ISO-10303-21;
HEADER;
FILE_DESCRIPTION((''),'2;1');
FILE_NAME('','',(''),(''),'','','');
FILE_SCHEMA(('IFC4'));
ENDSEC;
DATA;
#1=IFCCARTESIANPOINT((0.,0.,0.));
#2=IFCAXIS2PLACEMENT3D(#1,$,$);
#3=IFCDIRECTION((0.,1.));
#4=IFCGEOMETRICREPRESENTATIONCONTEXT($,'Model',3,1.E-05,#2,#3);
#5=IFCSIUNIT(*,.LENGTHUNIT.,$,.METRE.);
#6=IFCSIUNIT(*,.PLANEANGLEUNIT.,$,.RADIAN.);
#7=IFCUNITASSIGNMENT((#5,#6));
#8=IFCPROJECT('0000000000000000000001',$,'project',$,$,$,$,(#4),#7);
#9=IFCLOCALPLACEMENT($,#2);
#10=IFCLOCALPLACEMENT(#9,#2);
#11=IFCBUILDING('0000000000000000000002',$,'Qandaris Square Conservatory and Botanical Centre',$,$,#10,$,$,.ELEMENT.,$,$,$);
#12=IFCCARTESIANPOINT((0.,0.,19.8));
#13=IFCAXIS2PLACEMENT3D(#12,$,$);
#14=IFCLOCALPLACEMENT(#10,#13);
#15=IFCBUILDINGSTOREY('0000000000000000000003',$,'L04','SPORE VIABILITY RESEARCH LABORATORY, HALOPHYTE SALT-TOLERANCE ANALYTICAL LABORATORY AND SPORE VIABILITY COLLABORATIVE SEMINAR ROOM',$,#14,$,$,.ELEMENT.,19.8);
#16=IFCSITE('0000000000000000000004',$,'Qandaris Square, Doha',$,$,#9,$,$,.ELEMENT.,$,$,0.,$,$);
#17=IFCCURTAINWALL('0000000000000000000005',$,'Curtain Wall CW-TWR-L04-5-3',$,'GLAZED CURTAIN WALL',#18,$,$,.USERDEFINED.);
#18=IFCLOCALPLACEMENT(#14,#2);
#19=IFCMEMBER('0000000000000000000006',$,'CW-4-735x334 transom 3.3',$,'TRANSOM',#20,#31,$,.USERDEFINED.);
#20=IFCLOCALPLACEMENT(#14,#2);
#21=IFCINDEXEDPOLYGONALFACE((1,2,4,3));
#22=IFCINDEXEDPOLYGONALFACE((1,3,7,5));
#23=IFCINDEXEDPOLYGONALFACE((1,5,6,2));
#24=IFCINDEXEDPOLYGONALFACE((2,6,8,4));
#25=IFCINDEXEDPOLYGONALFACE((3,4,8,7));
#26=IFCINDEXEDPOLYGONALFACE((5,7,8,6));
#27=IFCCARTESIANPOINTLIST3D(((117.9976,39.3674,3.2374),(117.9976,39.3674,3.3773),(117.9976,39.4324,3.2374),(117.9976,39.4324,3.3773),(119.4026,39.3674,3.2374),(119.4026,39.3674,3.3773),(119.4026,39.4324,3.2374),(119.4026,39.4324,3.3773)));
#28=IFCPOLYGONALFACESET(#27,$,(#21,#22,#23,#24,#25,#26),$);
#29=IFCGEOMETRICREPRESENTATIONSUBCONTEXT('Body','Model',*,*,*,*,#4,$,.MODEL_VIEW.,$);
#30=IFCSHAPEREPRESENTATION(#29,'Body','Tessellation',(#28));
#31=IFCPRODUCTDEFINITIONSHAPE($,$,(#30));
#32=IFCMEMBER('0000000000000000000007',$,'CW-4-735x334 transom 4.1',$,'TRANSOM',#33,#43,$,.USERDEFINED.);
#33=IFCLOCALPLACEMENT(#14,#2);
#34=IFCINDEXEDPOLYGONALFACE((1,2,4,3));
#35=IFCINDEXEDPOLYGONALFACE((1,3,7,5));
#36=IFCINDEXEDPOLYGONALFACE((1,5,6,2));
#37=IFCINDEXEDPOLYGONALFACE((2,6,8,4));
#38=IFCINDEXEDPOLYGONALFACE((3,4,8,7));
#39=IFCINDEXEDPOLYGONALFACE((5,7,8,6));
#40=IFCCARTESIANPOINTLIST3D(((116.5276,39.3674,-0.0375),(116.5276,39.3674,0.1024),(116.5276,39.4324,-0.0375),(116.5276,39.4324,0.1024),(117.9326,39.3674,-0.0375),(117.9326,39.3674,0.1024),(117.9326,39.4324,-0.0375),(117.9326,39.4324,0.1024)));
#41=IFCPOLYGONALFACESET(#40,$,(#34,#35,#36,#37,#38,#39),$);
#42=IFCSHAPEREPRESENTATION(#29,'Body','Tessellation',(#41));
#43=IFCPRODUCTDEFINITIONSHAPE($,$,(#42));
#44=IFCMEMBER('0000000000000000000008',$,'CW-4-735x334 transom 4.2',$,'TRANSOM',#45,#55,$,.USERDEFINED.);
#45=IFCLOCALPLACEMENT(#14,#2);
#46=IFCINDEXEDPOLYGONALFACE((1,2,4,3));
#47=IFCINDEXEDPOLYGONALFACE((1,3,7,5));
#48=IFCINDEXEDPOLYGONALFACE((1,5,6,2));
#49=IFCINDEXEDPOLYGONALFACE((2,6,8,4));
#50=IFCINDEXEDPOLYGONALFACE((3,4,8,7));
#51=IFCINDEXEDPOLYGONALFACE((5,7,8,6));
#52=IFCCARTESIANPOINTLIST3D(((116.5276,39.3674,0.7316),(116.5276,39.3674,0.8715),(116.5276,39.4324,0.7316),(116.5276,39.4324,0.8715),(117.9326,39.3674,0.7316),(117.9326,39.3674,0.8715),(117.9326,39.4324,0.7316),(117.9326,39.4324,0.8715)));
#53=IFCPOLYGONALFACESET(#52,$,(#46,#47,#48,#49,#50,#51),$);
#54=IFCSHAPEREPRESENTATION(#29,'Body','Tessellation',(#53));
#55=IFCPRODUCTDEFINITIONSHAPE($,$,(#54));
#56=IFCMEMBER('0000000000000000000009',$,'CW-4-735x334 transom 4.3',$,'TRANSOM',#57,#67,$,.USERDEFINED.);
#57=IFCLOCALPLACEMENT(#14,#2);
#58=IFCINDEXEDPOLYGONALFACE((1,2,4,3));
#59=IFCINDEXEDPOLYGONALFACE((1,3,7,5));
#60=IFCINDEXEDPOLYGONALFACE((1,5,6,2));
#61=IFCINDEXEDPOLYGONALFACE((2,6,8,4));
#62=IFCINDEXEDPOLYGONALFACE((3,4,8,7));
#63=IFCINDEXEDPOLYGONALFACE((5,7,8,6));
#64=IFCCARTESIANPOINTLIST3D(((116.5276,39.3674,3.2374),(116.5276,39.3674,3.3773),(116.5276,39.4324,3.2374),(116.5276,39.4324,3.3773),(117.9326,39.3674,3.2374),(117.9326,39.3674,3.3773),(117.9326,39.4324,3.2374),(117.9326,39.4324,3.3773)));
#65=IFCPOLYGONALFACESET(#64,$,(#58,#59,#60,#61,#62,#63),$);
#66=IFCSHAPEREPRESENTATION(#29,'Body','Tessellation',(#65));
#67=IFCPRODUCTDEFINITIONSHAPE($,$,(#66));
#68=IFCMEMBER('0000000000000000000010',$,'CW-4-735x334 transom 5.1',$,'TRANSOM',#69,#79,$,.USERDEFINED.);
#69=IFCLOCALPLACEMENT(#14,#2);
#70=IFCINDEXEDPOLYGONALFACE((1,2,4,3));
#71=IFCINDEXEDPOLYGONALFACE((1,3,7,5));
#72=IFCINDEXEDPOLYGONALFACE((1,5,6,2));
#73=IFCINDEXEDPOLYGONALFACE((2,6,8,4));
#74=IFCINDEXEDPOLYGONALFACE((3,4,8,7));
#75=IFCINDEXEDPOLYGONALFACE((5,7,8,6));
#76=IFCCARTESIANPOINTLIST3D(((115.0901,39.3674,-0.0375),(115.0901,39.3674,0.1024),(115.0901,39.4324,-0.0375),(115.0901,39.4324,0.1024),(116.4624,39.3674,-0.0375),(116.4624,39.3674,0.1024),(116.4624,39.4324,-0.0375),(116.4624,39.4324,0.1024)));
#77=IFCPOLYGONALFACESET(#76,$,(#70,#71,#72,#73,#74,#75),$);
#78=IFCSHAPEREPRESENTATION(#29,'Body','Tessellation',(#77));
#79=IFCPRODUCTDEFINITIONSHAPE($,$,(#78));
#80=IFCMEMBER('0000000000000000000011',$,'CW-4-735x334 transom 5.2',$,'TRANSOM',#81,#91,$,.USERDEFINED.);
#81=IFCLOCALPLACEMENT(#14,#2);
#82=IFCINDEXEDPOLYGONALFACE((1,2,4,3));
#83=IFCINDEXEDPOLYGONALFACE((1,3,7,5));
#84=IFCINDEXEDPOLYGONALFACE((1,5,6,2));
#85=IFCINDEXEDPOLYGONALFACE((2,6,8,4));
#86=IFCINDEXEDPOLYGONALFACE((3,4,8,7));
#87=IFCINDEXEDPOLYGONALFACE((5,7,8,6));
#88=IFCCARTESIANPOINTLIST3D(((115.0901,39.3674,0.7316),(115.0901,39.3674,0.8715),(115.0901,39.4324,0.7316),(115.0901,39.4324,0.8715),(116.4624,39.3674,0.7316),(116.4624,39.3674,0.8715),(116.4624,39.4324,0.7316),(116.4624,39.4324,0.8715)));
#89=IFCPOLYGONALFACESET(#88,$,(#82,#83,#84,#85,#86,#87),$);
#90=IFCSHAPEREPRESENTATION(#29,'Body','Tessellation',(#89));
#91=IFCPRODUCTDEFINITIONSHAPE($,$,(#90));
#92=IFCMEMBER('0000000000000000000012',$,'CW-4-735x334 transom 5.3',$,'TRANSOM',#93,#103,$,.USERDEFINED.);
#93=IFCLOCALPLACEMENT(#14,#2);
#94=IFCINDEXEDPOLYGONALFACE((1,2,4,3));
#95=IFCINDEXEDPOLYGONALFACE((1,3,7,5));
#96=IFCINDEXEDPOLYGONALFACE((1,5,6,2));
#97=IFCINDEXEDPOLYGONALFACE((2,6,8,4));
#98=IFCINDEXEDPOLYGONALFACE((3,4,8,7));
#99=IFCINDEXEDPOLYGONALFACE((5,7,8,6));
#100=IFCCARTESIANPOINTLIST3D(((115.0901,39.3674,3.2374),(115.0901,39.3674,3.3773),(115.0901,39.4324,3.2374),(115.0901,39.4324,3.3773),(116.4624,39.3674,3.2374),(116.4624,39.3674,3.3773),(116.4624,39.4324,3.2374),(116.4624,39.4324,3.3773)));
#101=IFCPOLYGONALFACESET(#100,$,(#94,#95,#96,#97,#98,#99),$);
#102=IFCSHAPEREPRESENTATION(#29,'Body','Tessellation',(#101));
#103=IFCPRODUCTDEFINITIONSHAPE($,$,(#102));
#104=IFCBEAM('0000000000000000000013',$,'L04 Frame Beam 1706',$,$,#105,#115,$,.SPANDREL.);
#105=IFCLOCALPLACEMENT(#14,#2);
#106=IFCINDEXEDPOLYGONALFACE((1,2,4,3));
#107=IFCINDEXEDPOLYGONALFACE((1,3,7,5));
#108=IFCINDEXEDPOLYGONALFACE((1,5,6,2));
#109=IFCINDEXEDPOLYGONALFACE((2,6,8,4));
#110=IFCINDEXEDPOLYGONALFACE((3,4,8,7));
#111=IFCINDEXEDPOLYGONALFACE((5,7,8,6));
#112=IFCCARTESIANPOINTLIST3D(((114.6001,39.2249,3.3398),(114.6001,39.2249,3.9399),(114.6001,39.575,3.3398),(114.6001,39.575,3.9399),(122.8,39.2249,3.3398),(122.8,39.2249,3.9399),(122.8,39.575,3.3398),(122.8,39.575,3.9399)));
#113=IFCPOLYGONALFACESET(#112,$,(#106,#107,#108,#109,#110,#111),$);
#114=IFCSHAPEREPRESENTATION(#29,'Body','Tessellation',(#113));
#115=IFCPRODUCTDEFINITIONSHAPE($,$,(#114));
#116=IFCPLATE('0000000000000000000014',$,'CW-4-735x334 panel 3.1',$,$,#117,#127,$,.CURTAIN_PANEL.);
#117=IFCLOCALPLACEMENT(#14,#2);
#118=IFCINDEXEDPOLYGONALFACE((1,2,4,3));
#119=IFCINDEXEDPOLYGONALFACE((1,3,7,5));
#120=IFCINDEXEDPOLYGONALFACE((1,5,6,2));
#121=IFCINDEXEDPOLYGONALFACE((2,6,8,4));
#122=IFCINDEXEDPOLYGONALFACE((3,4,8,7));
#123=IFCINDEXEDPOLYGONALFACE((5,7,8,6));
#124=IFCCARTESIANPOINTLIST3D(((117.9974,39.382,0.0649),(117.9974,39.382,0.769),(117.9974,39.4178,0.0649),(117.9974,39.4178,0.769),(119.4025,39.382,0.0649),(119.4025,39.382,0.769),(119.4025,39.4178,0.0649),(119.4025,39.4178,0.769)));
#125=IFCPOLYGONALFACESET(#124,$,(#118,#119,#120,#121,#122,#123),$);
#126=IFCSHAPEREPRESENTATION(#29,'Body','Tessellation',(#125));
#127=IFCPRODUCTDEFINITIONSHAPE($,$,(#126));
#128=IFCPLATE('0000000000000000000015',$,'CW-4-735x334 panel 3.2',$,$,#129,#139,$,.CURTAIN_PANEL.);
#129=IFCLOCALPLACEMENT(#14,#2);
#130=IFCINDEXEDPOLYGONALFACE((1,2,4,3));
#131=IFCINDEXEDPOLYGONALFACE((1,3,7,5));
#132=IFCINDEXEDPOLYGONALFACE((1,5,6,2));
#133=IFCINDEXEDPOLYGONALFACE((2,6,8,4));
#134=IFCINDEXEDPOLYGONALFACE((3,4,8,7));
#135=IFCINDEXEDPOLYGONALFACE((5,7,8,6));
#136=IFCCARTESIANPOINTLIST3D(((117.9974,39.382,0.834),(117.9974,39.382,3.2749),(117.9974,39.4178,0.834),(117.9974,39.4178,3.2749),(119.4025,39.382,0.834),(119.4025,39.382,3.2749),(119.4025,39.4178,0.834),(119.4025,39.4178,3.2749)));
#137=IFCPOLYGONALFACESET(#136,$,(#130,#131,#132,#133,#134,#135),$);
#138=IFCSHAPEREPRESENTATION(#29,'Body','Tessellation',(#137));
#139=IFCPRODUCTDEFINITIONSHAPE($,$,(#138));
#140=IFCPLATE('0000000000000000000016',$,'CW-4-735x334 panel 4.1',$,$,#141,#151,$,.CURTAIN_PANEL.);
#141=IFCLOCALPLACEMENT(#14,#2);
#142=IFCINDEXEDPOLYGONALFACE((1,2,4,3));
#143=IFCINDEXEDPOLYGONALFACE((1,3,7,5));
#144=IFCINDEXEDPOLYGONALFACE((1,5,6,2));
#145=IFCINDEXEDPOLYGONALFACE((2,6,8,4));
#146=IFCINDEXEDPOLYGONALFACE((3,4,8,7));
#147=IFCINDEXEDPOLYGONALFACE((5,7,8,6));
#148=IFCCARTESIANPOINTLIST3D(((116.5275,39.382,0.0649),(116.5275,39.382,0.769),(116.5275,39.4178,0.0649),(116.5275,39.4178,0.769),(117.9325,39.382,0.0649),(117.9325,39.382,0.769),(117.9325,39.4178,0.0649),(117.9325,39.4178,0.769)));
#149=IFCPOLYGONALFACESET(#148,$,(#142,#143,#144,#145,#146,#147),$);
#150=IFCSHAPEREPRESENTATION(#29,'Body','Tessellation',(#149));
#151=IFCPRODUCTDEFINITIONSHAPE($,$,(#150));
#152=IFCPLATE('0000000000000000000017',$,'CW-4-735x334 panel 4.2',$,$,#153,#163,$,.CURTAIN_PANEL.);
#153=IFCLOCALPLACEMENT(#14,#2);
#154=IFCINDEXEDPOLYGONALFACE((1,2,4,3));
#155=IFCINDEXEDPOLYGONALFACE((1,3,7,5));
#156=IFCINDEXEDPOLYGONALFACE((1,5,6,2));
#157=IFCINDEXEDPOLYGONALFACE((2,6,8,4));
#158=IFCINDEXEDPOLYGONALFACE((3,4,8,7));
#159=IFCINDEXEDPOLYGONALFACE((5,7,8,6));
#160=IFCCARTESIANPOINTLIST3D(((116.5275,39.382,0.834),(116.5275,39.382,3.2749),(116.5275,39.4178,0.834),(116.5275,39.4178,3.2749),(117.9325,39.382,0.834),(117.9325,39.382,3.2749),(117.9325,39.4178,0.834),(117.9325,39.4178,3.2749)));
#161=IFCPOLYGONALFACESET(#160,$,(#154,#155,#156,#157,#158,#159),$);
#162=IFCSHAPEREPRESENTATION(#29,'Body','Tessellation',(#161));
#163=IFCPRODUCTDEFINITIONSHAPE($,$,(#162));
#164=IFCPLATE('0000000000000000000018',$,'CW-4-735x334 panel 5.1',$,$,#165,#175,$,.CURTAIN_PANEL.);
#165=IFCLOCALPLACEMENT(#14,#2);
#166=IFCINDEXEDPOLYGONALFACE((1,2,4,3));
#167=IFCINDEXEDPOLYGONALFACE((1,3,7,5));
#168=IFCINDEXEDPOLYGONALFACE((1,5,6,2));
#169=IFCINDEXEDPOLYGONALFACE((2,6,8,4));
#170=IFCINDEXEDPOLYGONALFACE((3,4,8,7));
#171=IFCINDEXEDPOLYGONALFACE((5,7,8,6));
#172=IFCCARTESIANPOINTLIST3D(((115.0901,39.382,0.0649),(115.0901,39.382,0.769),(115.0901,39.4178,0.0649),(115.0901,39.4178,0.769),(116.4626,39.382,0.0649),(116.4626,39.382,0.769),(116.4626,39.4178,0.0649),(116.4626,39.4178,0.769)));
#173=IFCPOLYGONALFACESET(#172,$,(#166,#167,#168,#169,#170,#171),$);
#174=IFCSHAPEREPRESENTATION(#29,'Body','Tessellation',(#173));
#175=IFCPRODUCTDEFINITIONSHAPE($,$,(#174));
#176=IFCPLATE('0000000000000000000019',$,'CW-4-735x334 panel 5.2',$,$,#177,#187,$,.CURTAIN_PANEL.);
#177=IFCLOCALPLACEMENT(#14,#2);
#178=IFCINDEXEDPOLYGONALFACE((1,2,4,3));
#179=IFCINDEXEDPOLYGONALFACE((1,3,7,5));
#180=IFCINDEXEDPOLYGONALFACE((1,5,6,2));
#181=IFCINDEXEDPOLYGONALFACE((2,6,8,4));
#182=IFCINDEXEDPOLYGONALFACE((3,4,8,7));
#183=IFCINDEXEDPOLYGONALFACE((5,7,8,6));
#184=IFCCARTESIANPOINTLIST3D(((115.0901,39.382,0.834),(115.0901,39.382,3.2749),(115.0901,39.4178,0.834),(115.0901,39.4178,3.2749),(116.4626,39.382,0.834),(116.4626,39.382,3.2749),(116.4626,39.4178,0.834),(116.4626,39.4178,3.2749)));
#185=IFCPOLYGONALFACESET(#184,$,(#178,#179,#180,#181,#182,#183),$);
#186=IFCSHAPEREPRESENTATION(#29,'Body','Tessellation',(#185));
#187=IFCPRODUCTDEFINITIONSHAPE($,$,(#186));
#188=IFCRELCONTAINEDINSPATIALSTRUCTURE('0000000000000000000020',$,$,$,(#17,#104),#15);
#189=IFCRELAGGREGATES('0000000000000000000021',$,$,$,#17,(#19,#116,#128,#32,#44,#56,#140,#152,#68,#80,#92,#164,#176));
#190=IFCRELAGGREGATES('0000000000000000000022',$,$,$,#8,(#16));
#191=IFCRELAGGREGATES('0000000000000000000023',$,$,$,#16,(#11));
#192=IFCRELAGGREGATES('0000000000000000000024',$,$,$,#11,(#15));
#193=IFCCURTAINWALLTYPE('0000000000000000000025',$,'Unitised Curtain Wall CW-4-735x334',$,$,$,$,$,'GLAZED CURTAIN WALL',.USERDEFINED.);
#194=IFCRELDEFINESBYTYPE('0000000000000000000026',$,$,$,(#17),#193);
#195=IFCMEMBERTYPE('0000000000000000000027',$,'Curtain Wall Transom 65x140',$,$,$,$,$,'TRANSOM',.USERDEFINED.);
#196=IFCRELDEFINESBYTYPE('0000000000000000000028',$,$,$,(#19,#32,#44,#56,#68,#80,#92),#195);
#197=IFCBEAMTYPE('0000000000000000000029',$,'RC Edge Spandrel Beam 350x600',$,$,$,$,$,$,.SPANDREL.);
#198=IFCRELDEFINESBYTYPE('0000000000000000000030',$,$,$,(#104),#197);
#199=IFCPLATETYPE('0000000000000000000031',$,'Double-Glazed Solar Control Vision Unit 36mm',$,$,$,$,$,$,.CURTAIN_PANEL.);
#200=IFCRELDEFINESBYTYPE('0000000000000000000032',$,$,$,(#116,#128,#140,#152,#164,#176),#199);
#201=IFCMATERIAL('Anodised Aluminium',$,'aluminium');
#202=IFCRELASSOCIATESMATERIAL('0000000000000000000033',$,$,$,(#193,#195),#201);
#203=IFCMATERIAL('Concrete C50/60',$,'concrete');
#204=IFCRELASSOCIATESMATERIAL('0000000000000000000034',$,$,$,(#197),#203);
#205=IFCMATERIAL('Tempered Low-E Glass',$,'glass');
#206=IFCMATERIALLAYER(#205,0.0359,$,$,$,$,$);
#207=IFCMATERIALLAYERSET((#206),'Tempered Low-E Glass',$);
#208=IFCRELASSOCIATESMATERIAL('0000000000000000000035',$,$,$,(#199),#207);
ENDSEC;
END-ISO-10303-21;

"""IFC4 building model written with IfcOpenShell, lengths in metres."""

from ifc_helpers import new_model, si_unit, direction, frame, origin, origin_2d, place, context, subcontext, project, spatial, rectangle, extrude, material, layer, layer_set, material_profile, profile_set, type_object, element, aggregate, save


model = new_model("IFC4")

# Units and contexts
model_context = context("Model", 3, precision=1e-05, world=origin(), true_north=direction((0.0, 1.0)))
body_context = subcontext(model_context, "Body", "Model", "MODEL_VIEW")
ifc_project = project(units=[si_unit("LENGTHUNIT", "METRE"), si_unit("PLANEANGLEUNIT", "RADIAN")], contexts=[model_context])

# Site, building, storey
site_placement = place(None, origin())
site = spatial("IfcSite", under=ifc_project, at=site_placement, Name="Qandaris Square, Doha", CompositionType="ELEMENT", RefElevation=0.0)
building_placement = place(site_placement, origin())
building = spatial("IfcBuilding", under=site, at=building_placement, Name="Qandaris Square Conservatory and Botanical Centre", CompositionType="ELEMENT")
storey_placement = place(building_placement, frame((0.0, 0.0, 19.8)))
storey = spatial("IfcBuildingStorey", under=building, at=storey_placement, Name="L04", Description="SPORE VIABILITY RESEARCH LABORATORY, HALOPHYTE SALT-TOLERANCE ANALYTICAL LABORATORY AND SPORE VIABILITY COLLABORATIVE SEMINAR ROOM", CompositionType="ELEMENT", Elevation=19.8)

# Shared definitions
ifc_material_1 = material(Name="Concrete C50/60", Category="concrete")

# Curtain wall, members
ifc_material_2 = material(Name="Anodised Aluminium", Category="aluminium")
curtain_wall_type = type_object("IfcCurtainWallType", Name="Unitised Curtain Wall CW-4-735x334", ElementType="GLAZED CURTAIN WALL", PredefinedType="USERDEFINED", material=ifc_material_2)
curtain_wall_placement = place(storey_placement, origin())
curtain_wall = element("IfcCurtainWall", 1, at=curtain_wall_placement, inside=storey, type_object=curtain_wall_type, Name="Curtain Wall CW-TWR-L04-5-3", ObjectType="GLAZED CURTAIN WALL", PredefinedType="USERDEFINED")
ifc_material_profile_1 = material_profile(ifc_material_2, rectangle(XDim=0.0649, YDim=0.1399, at=origin_2d()), Name="ALU-TRN 65x140")
ifc_profile_set_1 = profile_set([ifc_material_profile_1], Name="Anodised Aluminium")
member_type_1 = type_object("IfcMemberType", Name="Curtain Wall Transom 65x140", ElementType="TRANSOM", PredefinedType="USERDEFINED", material=ifc_profile_set_1)
member_1_placement = place(storey_placement, frame((119.4026, 39.3999, 3.3074), z_axis=(-1.0, 0.0, 0.0), x_axis=(0.0, -1.0, 0.0)))
member_1 = element("IfcMember", 2, at=member_1_placement, type_object=member_type_1, Name="CW-4-735x334 transom 3.3", ObjectType="TRANSOM", PredefinedType="USERDEFINED", context=body_context, shape_type="SweptSolid", body=[
    extrude(rectangle(XDim=0.0649, YDim=0.1399, at=origin_2d()), origin(), (0.0, 0.0, 1.0), 1.405),
])
member_2_placement = place(storey_placement, frame((117.9326, 39.3999, 0.0325), z_axis=(-1.0, 0.0, 0.0), x_axis=(0.0, -1.0, 0.0)))
member_2 = element("IfcMember", 3, at=member_2_placement, type_object=member_type_1, Name="CW-4-735x334 transom 4.1", ObjectType="TRANSOM", PredefinedType="USERDEFINED", context=body_context, shape_type="SweptSolid", body=[
    extrude(rectangle(XDim=0.0649, YDim=0.1399, at=origin_2d()), origin(), (0.0, 0.0, 1.0), 1.405),
])
member_3_placement = place(storey_placement, frame((117.9326, 39.3999, 0.8015), z_axis=(-1.0, 0.0, 0.0), x_axis=(0.0, -1.0, 0.0)))
member_3 = element("IfcMember", 4, at=member_3_placement, type_object=member_type_1, Name="CW-4-735x334 transom 4.2", ObjectType="TRANSOM", PredefinedType="USERDEFINED", context=body_context, shape_type="SweptSolid", body=[
    extrude(rectangle(XDim=0.0649, YDim=0.1399, at=origin_2d()), origin(), (0.0, 0.0, 1.0), 1.405),
])
member_4_placement = place(storey_placement, frame((117.9326, 39.3999, 3.3074), z_axis=(-1.0, 0.0, 0.0), x_axis=(0.0, -1.0, 0.0)))
member_4 = element("IfcMember", 5, at=member_4_placement, type_object=member_type_1, Name="CW-4-735x334 transom 4.3", ObjectType="TRANSOM", PredefinedType="USERDEFINED", context=body_context, shape_type="SweptSolid", body=[
    extrude(rectangle(XDim=0.0649, YDim=0.1399, at=origin_2d()), origin(), (0.0, 0.0, 1.0), 1.405),
])
member_5_placement = place(storey_placement, frame((116.4624, 39.3999, 0.0325), z_axis=(-1.0, 0.0, 0.0), x_axis=(0.0, -1.0, 0.0)))
member_5 = element("IfcMember", 6, at=member_5_placement, type_object=member_type_1, Name="CW-4-735x334 transom 5.1", ObjectType="TRANSOM", PredefinedType="USERDEFINED", context=body_context, shape_type="SweptSolid", body=[
    extrude(rectangle(XDim=0.0649, YDim=0.1399, at=origin_2d()), origin(), (0.0, 0.0, 1.0), 1.3723),
])
member_6_placement = place(storey_placement, frame((116.4624, 39.3999, 0.8015), z_axis=(-1.0, 0.0, 0.0), x_axis=(0.0, -1.0, 0.0)))
member_6 = element("IfcMember", 7, at=member_6_placement, type_object=member_type_1, Name="CW-4-735x334 transom 5.2", ObjectType="TRANSOM", PredefinedType="USERDEFINED", context=body_context, shape_type="SweptSolid", body=[
    extrude(rectangle(XDim=0.0649, YDim=0.1399, at=origin_2d()), origin(), (0.0, 0.0, 1.0), 1.3723),
])
member_7_placement = place(storey_placement, frame((116.4624, 39.3999, 3.3074), z_axis=(-1.0, 0.0, 0.0), x_axis=(0.0, -1.0, 0.0)))
member_7 = element("IfcMember", 8, at=member_7_placement, type_object=member_type_1, Name="CW-4-735x334 transom 5.3", ObjectType="TRANSOM", PredefinedType="USERDEFINED", context=body_context, shape_type="SweptSolid", body=[
    extrude(rectangle(XDim=0.0649, YDim=0.1399, at=origin_2d()), origin(), (0.0, 0.0, 1.0), 1.3723),
])

# Beam
ifc_material_profile_2 = material_profile(ifc_material_1, rectangle(XDim=0.3501, YDim=0.6001, at=origin_2d()), Name="RC-SP 350x600")
ifc_profile_set_2 = profile_set([ifc_material_profile_2], Name="Concrete C50/60")
beam_type_1 = type_object("IfcBeamType", Name="RC Edge Spandrel Beam 350x600", PredefinedType="SPANDREL", material=ifc_profile_set_2)
beam_1_placement = place(storey_placement, frame((114.6001, 39.3999, 3.6399), z_axis=(1.0, 0.0, 0.0), x_axis=(0.0, 1.0, 0.0)))
element("IfcBeam", 9, at=beam_1_placement, inside=storey, type_object=beam_type_1, Name="L04 Frame Beam 1706", PredefinedType="SPANDREL", context=body_context, shape_type="SweptSolid", body=[
    extrude(rectangle(XDim=0.3501, YDim=0.6001, at=origin_2d()), origin(), (0.0, 0.0, 1.0), 8.2),
])

# Plates
ifc_material_3 = material(Name="Tempered Low-E Glass", Category="glass")
ifc_layer_1 = layer(ifc_material_3, 0.0359)
ifc_layer_set_1 = layer_set([ifc_layer_1], Name="Tempered Low-E Glass")
plate_type = type_object("IfcPlateType", Name="Double-Glazed Solar Control Vision Unit 36mm", PredefinedType="CURTAIN_PANEL", material=ifc_layer_set_1)
plate_1_placement = place(storey_placement, frame((118.7, 39.3999, 0.0649), z_axis=(0.0, 0.0, 1.0), x_axis=(-1.0, 0.0, 0.0)))
plate_1 = element("IfcPlate", 10, at=plate_1_placement, type_object=plate_type, Name="CW-4-735x334 panel 3.1", PredefinedType="CURTAIN_PANEL", context=body_context, shape_type="SweptSolid", body=[
    extrude(rectangle(XDim=1.405, YDim=0.0359, at=origin_2d()), origin(), (0.0, 0.0, 1.0), 0.7041),
])
plate_2_placement = place(storey_placement, frame((118.7, 39.3999, 0.834), z_axis=(0.0, 0.0, 1.0), x_axis=(-1.0, 0.0, 0.0)))
plate_2 = element("IfcPlate", 11, at=plate_2_placement, type_object=plate_type, Name="CW-4-735x334 panel 3.2", PredefinedType="CURTAIN_PANEL", context=body_context, shape_type="SweptSolid", body=[
    extrude(rectangle(XDim=1.405, YDim=0.0359, at=origin_2d()), origin(), (0.0, 0.0, 1.0), 2.4409),
])
plate_3_placement = place(storey_placement, frame((117.23, 39.3999, 0.0649), z_axis=(0.0, 0.0, 1.0), x_axis=(-1.0, 0.0, 0.0)))
plate_3 = element("IfcPlate", 12, at=plate_3_placement, type_object=plate_type, Name="CW-4-735x334 panel 4.1", PredefinedType="CURTAIN_PANEL", context=body_context, shape_type="SweptSolid", body=[
    extrude(rectangle(XDim=1.405, YDim=0.0359, at=origin_2d()), origin(), (0.0, 0.0, 1.0), 0.7041),
])
plate_4_placement = place(storey_placement, frame((117.23, 39.3999, 0.834), z_axis=(0.0, 0.0, 1.0), x_axis=(-1.0, 0.0, 0.0)))
plate_4 = element("IfcPlate", 13, at=plate_4_placement, type_object=plate_type, Name="CW-4-735x334 panel 4.2", PredefinedType="CURTAIN_PANEL", context=body_context, shape_type="SweptSolid", body=[
    extrude(rectangle(XDim=1.405, YDim=0.0359, at=origin_2d()), origin(), (0.0, 0.0, 1.0), 2.4409),
])
plate_5_placement = place(storey_placement, frame((115.7764, 39.3999, 0.0649), z_axis=(0.0, 0.0, 1.0), x_axis=(-1.0, 0.0, 0.0)))
plate_5 = element("IfcPlate", 14, at=plate_5_placement, type_object=plate_type, Name="CW-4-735x334 panel 5.1", PredefinedType="CURTAIN_PANEL", context=body_context, shape_type="SweptSolid", body=[
    extrude(rectangle(XDim=1.3726, YDim=0.0359, at=origin_2d()), origin(), (0.0, 0.0, 1.0), 0.7041),
])
plate_6_placement = place(storey_placement, frame((115.7764, 39.3999, 0.834), z_axis=(0.0, 0.0, 1.0), x_axis=(-1.0, 0.0, 0.0)))
plate_6 = element("IfcPlate", 15, at=plate_6_placement, type_object=plate_type, Name="CW-4-735x334 panel 5.2", PredefinedType="CURTAIN_PANEL", context=body_context, shape_type="SweptSolid", body=[
    extrude(rectangle(XDim=1.3726, YDim=0.0359, at=origin_2d()), origin(), (0.0, 0.0, 1.0), 2.4409),
])
aggregate(curtain_wall, [member_1, plate_1, plate_2, member_2, member_3, member_4, plate_3, plate_4, member_5, member_6, member_7, plate_5, plate_6])

save(model, "model.ifc")
